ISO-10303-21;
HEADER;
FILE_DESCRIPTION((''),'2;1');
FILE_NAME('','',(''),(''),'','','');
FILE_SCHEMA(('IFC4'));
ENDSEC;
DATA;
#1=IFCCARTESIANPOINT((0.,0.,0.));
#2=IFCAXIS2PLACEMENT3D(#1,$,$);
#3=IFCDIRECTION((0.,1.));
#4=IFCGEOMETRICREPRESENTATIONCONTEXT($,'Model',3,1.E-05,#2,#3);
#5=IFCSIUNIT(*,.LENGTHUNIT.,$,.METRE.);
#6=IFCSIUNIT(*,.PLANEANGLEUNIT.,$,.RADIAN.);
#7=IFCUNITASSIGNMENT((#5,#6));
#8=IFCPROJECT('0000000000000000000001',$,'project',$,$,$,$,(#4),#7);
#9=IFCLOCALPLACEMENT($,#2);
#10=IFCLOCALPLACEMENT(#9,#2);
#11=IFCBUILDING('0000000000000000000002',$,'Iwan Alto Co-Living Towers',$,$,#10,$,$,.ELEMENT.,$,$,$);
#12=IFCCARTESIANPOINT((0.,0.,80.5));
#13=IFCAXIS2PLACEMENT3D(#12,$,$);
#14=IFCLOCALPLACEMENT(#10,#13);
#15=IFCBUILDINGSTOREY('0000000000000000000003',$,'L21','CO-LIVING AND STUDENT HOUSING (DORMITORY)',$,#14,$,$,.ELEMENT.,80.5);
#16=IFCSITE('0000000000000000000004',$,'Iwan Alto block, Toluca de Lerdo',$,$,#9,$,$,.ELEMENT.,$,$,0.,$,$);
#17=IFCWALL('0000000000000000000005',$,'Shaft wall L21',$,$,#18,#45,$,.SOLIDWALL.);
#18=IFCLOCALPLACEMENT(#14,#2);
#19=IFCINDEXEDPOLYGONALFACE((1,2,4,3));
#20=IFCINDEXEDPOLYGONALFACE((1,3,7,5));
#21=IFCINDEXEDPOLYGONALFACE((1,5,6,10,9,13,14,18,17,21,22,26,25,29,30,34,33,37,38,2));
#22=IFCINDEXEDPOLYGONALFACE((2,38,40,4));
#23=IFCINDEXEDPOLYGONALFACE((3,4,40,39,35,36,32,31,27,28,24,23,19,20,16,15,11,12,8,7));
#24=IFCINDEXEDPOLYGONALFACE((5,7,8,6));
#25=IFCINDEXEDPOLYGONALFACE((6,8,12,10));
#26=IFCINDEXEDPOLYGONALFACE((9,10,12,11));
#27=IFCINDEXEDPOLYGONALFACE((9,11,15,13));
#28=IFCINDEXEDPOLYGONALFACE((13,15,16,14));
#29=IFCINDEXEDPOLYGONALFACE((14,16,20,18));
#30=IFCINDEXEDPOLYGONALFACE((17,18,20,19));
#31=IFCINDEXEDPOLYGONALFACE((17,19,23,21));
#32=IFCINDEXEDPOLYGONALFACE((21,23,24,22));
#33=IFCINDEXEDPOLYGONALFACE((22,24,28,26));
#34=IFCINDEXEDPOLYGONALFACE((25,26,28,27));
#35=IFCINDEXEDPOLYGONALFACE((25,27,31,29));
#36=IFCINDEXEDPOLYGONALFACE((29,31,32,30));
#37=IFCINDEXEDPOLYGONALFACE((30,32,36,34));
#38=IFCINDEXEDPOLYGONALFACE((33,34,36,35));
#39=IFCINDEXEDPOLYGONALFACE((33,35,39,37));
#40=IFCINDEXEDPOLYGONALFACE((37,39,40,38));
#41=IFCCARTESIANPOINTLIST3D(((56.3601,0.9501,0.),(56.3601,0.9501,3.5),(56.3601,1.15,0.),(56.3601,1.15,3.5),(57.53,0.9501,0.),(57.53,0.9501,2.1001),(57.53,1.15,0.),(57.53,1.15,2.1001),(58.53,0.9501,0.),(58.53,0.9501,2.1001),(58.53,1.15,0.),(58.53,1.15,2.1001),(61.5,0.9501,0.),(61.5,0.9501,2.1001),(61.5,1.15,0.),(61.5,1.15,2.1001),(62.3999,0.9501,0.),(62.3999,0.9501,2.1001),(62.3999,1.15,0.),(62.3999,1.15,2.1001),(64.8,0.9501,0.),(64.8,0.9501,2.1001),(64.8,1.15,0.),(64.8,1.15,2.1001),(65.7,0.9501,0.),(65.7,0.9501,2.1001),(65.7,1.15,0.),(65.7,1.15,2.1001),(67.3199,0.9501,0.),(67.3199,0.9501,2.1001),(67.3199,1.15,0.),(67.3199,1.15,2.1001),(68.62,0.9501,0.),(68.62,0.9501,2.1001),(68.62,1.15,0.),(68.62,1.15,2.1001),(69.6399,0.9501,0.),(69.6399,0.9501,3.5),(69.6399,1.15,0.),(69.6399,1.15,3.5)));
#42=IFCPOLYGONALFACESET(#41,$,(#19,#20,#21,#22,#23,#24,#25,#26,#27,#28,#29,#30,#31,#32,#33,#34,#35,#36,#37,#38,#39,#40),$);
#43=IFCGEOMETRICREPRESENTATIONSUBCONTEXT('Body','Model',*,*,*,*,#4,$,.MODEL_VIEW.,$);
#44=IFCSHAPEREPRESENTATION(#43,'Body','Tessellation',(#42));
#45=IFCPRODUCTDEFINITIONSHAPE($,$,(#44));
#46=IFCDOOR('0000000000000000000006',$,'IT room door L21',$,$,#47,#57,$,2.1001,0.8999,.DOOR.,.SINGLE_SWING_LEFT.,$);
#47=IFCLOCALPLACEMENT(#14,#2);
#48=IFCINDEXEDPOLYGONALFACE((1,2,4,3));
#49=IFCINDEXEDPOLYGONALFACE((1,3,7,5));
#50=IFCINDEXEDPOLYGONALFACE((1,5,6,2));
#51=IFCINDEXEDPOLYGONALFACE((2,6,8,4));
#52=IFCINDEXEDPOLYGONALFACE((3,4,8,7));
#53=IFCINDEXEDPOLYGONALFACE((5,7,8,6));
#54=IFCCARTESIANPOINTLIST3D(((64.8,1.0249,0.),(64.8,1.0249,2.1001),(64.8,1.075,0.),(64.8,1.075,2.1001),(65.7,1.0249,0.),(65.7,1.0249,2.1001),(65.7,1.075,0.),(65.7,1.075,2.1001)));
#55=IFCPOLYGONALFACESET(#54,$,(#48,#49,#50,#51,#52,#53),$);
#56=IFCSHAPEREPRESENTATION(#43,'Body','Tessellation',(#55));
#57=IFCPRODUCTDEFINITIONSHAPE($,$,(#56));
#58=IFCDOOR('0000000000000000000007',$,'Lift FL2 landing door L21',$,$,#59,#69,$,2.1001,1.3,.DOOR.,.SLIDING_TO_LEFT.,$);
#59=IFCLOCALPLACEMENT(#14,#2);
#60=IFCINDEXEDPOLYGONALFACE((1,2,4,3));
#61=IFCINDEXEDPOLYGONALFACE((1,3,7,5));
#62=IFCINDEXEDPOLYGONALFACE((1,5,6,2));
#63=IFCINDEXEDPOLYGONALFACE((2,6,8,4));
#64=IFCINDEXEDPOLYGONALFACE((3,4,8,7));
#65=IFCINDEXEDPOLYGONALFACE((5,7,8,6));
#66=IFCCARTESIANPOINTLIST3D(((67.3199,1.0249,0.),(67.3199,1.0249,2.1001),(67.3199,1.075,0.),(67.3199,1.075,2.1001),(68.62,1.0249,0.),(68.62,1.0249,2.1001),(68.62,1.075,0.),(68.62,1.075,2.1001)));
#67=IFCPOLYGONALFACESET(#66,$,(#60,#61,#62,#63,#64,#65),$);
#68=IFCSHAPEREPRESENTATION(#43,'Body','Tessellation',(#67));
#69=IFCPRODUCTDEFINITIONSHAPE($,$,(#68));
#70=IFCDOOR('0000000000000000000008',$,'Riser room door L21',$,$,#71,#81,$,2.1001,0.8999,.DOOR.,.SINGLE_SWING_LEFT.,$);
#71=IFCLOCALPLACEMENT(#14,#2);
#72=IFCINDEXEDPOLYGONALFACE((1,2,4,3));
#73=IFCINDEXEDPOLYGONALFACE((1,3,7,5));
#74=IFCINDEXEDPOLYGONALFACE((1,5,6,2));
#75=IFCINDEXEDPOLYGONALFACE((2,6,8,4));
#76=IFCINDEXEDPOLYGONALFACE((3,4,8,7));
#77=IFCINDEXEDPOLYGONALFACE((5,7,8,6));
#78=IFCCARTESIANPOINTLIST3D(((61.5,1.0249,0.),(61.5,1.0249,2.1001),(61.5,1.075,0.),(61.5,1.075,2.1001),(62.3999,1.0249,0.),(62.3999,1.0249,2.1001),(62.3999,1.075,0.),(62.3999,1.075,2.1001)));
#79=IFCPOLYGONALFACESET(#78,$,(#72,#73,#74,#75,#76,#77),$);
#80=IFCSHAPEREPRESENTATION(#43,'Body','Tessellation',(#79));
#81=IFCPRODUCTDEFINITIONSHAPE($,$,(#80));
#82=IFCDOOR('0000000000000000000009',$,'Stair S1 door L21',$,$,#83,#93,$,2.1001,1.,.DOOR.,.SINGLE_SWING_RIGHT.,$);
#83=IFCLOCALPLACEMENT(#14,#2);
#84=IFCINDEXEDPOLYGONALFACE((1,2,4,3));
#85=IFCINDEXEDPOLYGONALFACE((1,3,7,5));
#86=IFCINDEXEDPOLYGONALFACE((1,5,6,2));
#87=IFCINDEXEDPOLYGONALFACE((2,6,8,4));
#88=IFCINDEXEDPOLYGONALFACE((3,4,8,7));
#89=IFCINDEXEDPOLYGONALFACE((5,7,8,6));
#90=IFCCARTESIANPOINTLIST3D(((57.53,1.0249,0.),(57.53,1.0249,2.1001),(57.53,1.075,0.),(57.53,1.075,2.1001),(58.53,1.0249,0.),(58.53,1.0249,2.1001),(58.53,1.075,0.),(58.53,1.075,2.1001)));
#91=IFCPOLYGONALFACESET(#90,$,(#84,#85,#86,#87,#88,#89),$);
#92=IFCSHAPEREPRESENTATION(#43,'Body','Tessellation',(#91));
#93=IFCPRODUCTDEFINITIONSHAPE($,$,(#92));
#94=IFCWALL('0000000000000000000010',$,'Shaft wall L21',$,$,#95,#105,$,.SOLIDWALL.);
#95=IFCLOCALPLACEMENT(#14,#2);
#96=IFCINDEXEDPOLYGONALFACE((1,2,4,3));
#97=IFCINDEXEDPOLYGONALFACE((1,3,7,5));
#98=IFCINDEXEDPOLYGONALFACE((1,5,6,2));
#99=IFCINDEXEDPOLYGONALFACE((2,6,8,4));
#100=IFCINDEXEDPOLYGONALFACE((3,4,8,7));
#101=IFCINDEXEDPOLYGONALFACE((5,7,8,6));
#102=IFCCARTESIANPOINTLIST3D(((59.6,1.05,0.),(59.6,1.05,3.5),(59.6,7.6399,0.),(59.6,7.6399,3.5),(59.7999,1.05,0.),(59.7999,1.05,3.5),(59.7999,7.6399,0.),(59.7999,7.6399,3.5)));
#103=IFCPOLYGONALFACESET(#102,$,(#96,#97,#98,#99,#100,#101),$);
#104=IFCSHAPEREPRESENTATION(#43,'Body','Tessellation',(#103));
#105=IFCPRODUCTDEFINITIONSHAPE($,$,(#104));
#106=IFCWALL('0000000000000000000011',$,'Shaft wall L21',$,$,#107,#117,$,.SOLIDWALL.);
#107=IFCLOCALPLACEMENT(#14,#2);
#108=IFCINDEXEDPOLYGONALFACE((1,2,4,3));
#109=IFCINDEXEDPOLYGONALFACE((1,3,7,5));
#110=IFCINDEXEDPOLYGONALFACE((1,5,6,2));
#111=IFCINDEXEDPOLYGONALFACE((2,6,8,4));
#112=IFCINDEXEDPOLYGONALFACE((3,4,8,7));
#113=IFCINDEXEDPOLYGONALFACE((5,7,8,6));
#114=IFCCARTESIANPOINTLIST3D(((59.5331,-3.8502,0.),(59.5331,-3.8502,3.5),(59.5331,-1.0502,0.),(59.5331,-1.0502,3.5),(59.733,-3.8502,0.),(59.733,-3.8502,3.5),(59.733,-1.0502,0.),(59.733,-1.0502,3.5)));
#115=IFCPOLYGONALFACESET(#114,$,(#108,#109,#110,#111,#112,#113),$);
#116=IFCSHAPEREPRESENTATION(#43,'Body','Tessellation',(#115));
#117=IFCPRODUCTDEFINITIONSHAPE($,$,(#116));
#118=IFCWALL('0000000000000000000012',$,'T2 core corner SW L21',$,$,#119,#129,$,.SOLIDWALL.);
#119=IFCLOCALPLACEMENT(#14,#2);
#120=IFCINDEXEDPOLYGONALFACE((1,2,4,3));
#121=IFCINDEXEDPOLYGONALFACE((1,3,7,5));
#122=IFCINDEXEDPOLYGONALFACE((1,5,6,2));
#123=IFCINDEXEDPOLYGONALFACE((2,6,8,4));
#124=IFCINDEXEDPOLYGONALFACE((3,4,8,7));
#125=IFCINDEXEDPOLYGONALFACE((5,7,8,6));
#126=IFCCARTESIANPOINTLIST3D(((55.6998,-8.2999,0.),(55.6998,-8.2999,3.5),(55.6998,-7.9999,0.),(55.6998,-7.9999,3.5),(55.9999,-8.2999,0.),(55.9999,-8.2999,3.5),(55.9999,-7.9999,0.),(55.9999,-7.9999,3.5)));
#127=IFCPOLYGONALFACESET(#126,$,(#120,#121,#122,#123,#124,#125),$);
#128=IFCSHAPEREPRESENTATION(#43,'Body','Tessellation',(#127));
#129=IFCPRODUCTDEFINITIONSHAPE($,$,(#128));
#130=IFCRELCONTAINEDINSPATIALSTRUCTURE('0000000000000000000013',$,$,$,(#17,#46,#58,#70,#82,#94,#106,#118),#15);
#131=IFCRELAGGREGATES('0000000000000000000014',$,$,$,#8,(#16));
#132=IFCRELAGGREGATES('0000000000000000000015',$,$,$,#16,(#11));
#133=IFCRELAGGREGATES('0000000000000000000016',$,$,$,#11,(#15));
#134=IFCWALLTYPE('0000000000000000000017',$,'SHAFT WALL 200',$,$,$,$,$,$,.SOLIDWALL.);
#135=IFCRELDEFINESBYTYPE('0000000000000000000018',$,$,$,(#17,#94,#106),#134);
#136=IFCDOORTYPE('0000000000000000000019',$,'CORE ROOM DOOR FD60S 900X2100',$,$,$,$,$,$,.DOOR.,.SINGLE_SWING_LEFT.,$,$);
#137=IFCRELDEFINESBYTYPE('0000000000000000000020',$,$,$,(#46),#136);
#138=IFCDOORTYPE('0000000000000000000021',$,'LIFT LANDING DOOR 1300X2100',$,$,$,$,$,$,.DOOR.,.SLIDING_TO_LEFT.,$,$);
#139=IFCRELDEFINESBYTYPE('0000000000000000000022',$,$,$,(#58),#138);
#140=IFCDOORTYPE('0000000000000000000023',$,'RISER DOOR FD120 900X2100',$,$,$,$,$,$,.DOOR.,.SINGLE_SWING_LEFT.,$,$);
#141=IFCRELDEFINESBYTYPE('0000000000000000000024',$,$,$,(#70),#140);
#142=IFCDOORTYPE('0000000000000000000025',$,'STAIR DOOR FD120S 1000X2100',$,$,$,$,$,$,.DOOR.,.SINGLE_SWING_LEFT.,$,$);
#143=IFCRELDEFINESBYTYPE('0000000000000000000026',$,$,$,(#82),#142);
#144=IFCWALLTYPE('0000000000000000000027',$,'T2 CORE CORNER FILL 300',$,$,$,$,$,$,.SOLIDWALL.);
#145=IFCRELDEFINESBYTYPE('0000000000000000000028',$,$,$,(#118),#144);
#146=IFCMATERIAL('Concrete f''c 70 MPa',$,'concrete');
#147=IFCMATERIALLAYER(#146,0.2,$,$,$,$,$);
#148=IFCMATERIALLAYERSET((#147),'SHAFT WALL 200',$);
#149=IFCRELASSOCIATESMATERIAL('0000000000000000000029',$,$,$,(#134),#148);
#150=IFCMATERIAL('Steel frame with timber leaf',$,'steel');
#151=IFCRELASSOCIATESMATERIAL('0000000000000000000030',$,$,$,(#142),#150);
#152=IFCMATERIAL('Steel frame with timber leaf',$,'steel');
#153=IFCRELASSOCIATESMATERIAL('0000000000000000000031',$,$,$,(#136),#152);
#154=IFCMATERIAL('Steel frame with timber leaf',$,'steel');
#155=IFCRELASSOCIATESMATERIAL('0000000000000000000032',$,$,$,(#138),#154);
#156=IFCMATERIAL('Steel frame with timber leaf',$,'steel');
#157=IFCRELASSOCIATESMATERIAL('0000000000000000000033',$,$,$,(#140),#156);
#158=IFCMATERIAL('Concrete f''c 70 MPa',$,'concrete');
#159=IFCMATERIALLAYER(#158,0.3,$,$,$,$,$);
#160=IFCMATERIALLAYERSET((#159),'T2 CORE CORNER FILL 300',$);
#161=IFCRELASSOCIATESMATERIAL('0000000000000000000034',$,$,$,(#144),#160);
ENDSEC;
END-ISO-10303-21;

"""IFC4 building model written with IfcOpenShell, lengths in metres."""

from ifc_helpers import new_model, si_unit, direction, frame, frame_2d, origin, place, context, subcontext, project, spatial, rectangle, extrude, material, layer, layer_set, type_object, element, fill, save


model = new_model("IFC4")

# Units and contexts
model_context = context("Model", 3, precision=1e-05, world=origin(), true_north=direction((0.0, 1.0)))
body_context = subcontext(model_context, "Body", "Model", "MODEL_VIEW")
ifc_project = project(units=[si_unit("LENGTHUNIT", "METRE"), si_unit("PLANEANGLEUNIT", "RADIAN")], contexts=[model_context])

# Site, building, storey
site_placement = place(None, origin())
site = spatial("IfcSite", under=ifc_project, at=site_placement, Name="Iwan Alto block, Toluca de Lerdo", CompositionType="ELEMENT", RefElevation=0.0)
building_placement = place(site_placement, origin())
building = spatial("IfcBuilding", under=site, at=building_placement, Name="Iwan Alto Co-Living Towers", CompositionType="ELEMENT")
storey_placement = place(building_placement, frame((0.0, 0.0, 80.5)))
storey = spatial("IfcBuildingStorey", under=building, at=storey_placement, Name="L21", Description="CO-LIVING AND STUDENT HOUSING (DORMITORY)", CompositionType="ELEMENT", Elevation=80.5)

# Shared definitions
ifc_material_1 = material(Name="Concrete f'c 70 MPa", Category="concrete")
ifc_layer_1 = layer(ifc_material_1, 0.2)
ifc_layer_set_1 = layer_set([ifc_layer_1], Name="SHAFT WALL 200")
wall_type_1 = type_object("IfcWallType", Name="SHAFT WALL 200", PredefinedType="SOLIDWALL", material=ifc_layer_set_1)

# Wall, openings, doors
ifc_material_2 = material(Name="Steel frame with timber leaf", Category="steel")
door_type_1 = type_object("IfcDoorType", Name="STAIR DOOR FD120S 1000X2100", OperationType="SINGLE_SWING_LEFT", PredefinedType="DOOR", material=ifc_material_2)
wall_1_placement = place(storey_placement, frame((56.3601, 1.05, 0.0), z_axis=(0.0, 0.0, 1.0), x_axis=(1.0, 0.0, 0.0)))
wall_1 = element("IfcWall", 1, at=wall_1_placement, inside=storey, type_object=wall_type_1, Name="Shaft wall L21", PredefinedType="SOLIDWALL", context=body_context, shape_type="SweptSolid", body=[
    extrude(rectangle(XDim=13.2798, YDim=0.2, at=frame_2d((6.6399, 0.0))), origin(), (0.0, 0.0, 1.0), 3.5),
])
opening_1_placement = place(wall_1_placement, frame((1.1699, 0.0, 0.0)))
opening_1 = element("IfcOpeningElement", 2, at=opening_1_placement, cuts=wall_1, PredefinedType="OPENING", context=body_context, shape_type="SweptSolid", body=[
    extrude(rectangle(XDim=1.0, YDim=2.1001, at=frame_2d((0.5, 1.05))), frame((0.0, 0.1099, 0.0), z_axis=(0.0, -1.0, 0.0), x_axis=(1.0, 0.0, 0.0)), (0.0, 0.0, 1.0), 0.22),
])
opening_2_placement = place(wall_1_placement, frame((5.1399, 0.0, 0.0)))
opening_2 = element("IfcOpeningElement", 3, at=opening_2_placement, cuts=wall_1, PredefinedType="OPENING", context=body_context, shape_type="SweptSolid", body=[
    extrude(rectangle(XDim=0.8999, YDim=2.1001, at=frame_2d((0.45, 1.05))), frame((0.0, 0.1099, 0.0), z_axis=(0.0, -1.0, 0.0), x_axis=(1.0, 0.0, 0.0)), (0.0, 0.0, 1.0), 0.22),
])
opening_3_placement = place(wall_1_placement, frame((8.4399, 0.0, 0.0)))
opening_3 = element("IfcOpeningElement", 4, at=opening_3_placement, cuts=wall_1, PredefinedType="OPENING", context=body_context, shape_type="SweptSolid", body=[
    extrude(rectangle(XDim=0.8999, YDim=2.1001, at=frame_2d((0.45, 1.05))), frame((0.0, 0.1099, 0.0), z_axis=(0.0, -1.0, 0.0), x_axis=(1.0, 0.0, 0.0)), (0.0, 0.0, 1.0), 0.22),
])
opening_4_placement = place(wall_1_placement, frame((10.96, 0.0, 0.0)))
opening_4 = element("IfcOpeningElement", 5, at=opening_4_placement, cuts=wall_1, PredefinedType="OPENING", context=body_context, shape_type="SweptSolid", body=[
    extrude(rectangle(XDim=1.3, YDim=2.1001, at=frame_2d((0.6499, 1.05))), frame((0.0, 0.1099, 0.0), z_axis=(0.0, -1.0, 0.0), x_axis=(1.0, 0.0, 0.0)), (0.0, 0.0, 1.0), 0.22),
])
ifc_material_3 = material(Name="Steel frame with timber leaf", Category="steel")
door_type_2 = type_object("IfcDoorType", Name="CORE ROOM DOOR FD60S 900X2100", OperationType="SINGLE_SWING_LEFT", PredefinedType="DOOR", material=ifc_material_3)
door_1_placement = place(opening_3_placement, origin())
door_1 = element("IfcDoor", 6, at=door_1_placement, inside=storey, type_object=door_type_2, Name="IT room door L21", OperationType="SINGLE_SWING_LEFT", OverallHeight=2.1001, OverallWidth=0.8999, PredefinedType="DOOR", context=body_context, shape_type="SweptSolid", body=[
    extrude(rectangle(XDim=0.8999, YDim=2.1001, at=frame_2d((0.45, 1.05))), frame((0.0, 0.0249, 0.0), z_axis=(0.0, -1.0, 0.0), x_axis=(1.0, 0.0, 0.0)), (0.0, 0.0, 1.0), 0.05),
])
fill(opening_3, door_1)
ifc_material_4 = material(Name="Steel frame with timber leaf", Category="steel")
door_type_3 = type_object("IfcDoorType", Name="LIFT LANDING DOOR 1300X2100", OperationType="SLIDING_TO_LEFT", PredefinedType="DOOR", material=ifc_material_4)
door_2_placement = place(opening_4_placement, origin())
door_2 = element("IfcDoor", 7, at=door_2_placement, inside=storey, type_object=door_type_3, Name="Lift FL2 landing door L21", OperationType="SLIDING_TO_LEFT", OverallHeight=2.1001, OverallWidth=1.3, PredefinedType="DOOR", context=body_context, shape_type="SweptSolid", body=[
    extrude(rectangle(XDim=1.3, YDim=2.1001, at=frame_2d((0.6499, 1.05))), frame((0.0, 0.0249, 0.0), z_axis=(0.0, -1.0, 0.0), x_axis=(1.0, 0.0, 0.0)), (0.0, 0.0, 1.0), 0.05),
])
fill(opening_4, door_2)
ifc_material_5 = material(Name="Steel frame with timber leaf", Category="steel")
door_type_4 = type_object("IfcDoorType", Name="RISER DOOR FD120 900X2100", OperationType="SINGLE_SWING_LEFT", PredefinedType="DOOR", material=ifc_material_5)
door_3_placement = place(opening_2_placement, origin())
door_3 = element("IfcDoor", 8, at=door_3_placement, inside=storey, type_object=door_type_4, Name="Riser room door L21", OperationType="SINGLE_SWING_LEFT", OverallHeight=2.1001, OverallWidth=0.8999, PredefinedType="DOOR", context=body_context, shape_type="SweptSolid", body=[
    extrude(rectangle(XDim=0.8999, YDim=2.1001, at=frame_2d((0.45, 1.05))), frame((0.0, 0.0249, 0.0), z_axis=(0.0, -1.0, 0.0), x_axis=(1.0, 0.0, 0.0)), (0.0, 0.0, 1.0), 0.05),
])
fill(opening_2, door_3)
door_4_placement = place(opening_1_placement, origin())
door_4 = element("IfcDoor", 9, at=door_4_placement, inside=storey, type_object=door_type_1, Name="Stair S1 door L21", OperationType="SINGLE_SWING_RIGHT", OverallHeight=2.1001, OverallWidth=1.0, PredefinedType="DOOR", context=body_context, shape_type="SweptSolid", body=[
    extrude(rectangle(XDim=1.0, YDim=2.1001, at=frame_2d((0.5, 1.05))), frame((0.0, 0.0249, 0.0), z_axis=(0.0, -1.0, 0.0), x_axis=(1.0, 0.0, 0.0)), (0.0, 0.0, 1.0), 0.05),
])
fill(opening_1, door_4)

# Walls
wall_2_placement = place(storey_placement, frame((59.7, 1.05, 0.0), z_axis=(0.0, 0.0, 1.0), x_axis=(0.0, 1.0, 0.0)))
element("IfcWall", 10, at=wall_2_placement, inside=storey, type_object=wall_type_1, Name="Shaft wall L21", PredefinedType="SOLIDWALL", context=body_context, shape_type="SweptSolid", body=[
    extrude(rectangle(XDim=6.5898, YDim=0.2, at=frame_2d((3.2949, 0.0))), origin(), (0.0, 0.0, 1.0), 3.5),
])
wall_3_placement = place(storey_placement, frame((59.6331, -3.8501, 0.0), z_axis=(0.0, 0.0, 1.0), x_axis=(0.0, 1.0, 0.0)))
element("IfcWall", 11, at=wall_3_placement, inside=storey, type_object=wall_type_1, Name="Shaft wall L21", PredefinedType="SOLIDWALL", context=body_context, shape_type="SweptSolid", body=[
    extrude(rectangle(XDim=2.8, YDim=0.2, at=frame_2d((1.3999, 0.0))), origin(), (0.0, 0.0, 1.0), 3.5),
])
ifc_material_6 = material(Name="Concrete f'c 70 MPa", Category="concrete")
ifc_layer_2 = layer(ifc_material_6, 0.3)
ifc_layer_set_2 = layer_set([ifc_layer_2], Name="T2 CORE CORNER FILL 300")
wall_type_2 = type_object("IfcWallType", Name="T2 CORE CORNER FILL 300", PredefinedType="SOLIDWALL", material=ifc_layer_set_2)
wall_4_placement = place(storey_placement, frame((55.7, -8.1499, 0.0), z_axis=(0.0, 0.0, 1.0), x_axis=(1.0, 0.0, 0.0)))
element("IfcWall", 12, at=wall_4_placement, inside=storey, type_object=wall_type_2, Name="T2 core corner SW L21", PredefinedType="SOLIDWALL", context=body_context, shape_type="SweptSolid", body=[
    extrude(rectangle(XDim=0.3, YDim=0.3, at=frame_2d((0.1499, 0.0))), origin(), (0.0, 0.0, 1.0), 3.5),
])

save(model, "model.ifc")
